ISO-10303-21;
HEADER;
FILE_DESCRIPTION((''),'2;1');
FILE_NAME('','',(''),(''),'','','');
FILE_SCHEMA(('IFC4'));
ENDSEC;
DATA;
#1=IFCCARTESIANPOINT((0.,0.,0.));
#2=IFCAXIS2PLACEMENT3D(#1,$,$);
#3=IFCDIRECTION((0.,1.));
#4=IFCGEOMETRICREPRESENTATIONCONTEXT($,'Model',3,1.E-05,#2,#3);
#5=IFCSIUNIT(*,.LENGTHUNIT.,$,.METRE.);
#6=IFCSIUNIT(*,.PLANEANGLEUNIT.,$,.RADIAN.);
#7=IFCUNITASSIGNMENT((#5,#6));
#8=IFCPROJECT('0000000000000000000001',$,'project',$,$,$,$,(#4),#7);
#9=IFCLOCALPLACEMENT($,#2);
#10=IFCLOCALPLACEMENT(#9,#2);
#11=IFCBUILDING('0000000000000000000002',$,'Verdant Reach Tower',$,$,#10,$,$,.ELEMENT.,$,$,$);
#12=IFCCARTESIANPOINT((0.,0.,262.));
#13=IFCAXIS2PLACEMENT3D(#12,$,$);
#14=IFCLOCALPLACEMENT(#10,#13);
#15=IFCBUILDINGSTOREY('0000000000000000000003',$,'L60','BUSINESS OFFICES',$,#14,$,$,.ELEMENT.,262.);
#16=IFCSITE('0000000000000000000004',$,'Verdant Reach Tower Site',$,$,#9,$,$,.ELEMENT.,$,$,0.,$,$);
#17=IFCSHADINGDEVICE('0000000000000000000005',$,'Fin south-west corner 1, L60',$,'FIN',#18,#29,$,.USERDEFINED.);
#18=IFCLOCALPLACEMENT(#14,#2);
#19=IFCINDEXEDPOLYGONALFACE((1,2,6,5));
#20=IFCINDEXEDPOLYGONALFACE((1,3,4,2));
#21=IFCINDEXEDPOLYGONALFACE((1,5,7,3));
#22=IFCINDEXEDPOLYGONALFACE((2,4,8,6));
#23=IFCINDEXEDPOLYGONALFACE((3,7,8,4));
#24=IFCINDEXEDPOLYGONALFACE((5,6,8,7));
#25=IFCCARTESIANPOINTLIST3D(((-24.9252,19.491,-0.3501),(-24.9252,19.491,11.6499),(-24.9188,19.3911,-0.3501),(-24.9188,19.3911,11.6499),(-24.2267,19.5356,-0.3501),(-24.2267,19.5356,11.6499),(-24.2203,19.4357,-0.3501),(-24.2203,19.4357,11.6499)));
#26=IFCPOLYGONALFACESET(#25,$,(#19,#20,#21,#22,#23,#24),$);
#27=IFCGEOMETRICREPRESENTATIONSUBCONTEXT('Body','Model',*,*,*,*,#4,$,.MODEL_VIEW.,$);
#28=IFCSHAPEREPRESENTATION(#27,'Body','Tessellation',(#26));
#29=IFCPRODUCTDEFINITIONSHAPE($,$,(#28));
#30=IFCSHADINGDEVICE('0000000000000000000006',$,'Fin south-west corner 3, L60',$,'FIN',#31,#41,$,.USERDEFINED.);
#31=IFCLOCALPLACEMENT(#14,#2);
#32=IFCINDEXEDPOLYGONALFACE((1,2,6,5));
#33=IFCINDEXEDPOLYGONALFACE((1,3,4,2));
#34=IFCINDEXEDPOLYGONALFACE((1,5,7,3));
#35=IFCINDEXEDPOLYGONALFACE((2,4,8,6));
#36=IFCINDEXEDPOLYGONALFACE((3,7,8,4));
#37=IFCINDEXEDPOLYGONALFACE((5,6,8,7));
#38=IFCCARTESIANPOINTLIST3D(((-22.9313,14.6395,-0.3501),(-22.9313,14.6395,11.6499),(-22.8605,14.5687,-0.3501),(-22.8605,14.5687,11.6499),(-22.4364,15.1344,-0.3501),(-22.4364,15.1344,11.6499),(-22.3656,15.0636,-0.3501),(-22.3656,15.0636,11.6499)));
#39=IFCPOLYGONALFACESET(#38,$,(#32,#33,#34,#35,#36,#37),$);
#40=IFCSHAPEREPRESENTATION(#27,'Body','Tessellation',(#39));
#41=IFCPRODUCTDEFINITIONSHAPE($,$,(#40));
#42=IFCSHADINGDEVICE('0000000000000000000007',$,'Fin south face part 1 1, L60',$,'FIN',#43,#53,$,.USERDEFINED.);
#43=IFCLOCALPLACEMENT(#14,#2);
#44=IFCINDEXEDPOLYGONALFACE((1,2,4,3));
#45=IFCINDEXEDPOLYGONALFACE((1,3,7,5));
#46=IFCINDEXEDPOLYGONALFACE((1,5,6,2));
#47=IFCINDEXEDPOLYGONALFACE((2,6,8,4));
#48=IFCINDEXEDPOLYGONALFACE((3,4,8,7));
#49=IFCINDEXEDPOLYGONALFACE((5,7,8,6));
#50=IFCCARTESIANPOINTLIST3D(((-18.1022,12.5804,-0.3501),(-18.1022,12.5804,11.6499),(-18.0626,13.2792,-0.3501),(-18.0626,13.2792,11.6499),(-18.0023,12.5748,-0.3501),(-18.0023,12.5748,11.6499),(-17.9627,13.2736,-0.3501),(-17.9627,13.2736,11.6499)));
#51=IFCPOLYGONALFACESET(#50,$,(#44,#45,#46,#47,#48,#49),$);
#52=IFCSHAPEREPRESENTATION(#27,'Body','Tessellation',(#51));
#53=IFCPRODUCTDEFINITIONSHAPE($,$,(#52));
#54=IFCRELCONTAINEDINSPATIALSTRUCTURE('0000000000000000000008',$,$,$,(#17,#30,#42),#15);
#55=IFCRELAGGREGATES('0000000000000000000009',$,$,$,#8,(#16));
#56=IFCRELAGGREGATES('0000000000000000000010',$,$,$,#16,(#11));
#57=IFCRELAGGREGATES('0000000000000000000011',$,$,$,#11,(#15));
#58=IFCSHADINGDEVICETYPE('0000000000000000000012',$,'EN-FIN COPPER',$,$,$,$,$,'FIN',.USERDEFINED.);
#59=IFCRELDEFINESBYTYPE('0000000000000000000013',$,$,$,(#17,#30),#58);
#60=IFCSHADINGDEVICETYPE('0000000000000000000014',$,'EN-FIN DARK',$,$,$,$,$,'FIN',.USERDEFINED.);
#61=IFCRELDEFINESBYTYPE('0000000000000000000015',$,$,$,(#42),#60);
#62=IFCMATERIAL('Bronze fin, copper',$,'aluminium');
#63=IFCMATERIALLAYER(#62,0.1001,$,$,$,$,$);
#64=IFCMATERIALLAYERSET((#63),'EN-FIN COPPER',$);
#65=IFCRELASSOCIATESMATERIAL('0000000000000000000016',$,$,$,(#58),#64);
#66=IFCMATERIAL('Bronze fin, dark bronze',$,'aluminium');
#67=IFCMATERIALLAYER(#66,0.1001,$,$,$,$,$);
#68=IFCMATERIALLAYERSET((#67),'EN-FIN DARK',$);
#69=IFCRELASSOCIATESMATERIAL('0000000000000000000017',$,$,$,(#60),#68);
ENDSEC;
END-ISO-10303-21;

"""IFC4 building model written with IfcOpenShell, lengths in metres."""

from ifc_helpers import new_model, si_unit, direction, frame, origin, origin_2d, place, context, subcontext, project, spatial, rectangle, extrude, material, layer, layer_set, type_object, element, save


model = new_model("IFC4")

# Units and contexts
model_context = context("Model", 3, precision=1e-05, world=origin(), true_north=direction((0.0, 1.0)))
body_context = subcontext(model_context, "Body", "Model", "MODEL_VIEW")
ifc_project = project(units=[si_unit("LENGTHUNIT", "METRE"), si_unit("PLANEANGLEUNIT", "RADIAN")], contexts=[model_context])

# Site, building, storey
site_placement = place(None, origin())
site = spatial("IfcSite", under=ifc_project, at=site_placement, Name="Verdant Reach Tower Site", CompositionType="ELEMENT", RefElevation=0.0)
building_placement = place(site_placement, origin())
building = spatial("IfcBuilding", under=site, at=building_placement, Name="Verdant Reach Tower", CompositionType="ELEMENT")
storey_placement = place(building_placement, frame((0.0, 0.0, 262.0)))
storey = spatial("IfcBuildingStorey", under=building, at=storey_placement, Name="L60", Description="BUSINESS OFFICES", CompositionType="ELEMENT", Elevation=262.0)

# Shading devices
ifc_material_1 = material(Name="Bronze fin, copper", Category="aluminium")
ifc_layer_1 = layer(ifc_material_1, 0.1001)
ifc_layer_set_1 = layer_set([ifc_layer_1], Name="EN-FIN COPPER")
shading_device_type_1 = type_object("IfcShadingDeviceType", Name="EN-FIN COPPER", ElementType="FIN", PredefinedType="USERDEFINED", material=ifc_layer_set_1)
for number, where, z_axis, x_axis, name in (
    (1, (-24.5728, 19.4634, -0.3501), (0.0, 0.0, 1.0), (0.063699, -0.997969, 0.0), "Fin south-west corner 1, L60"),
    (2, (-22.6484, 14.8516, -0.3501), (0.0, 0.0, 1.0), (0.707107, -0.707107, 0.0), "Fin south-west corner 3, L60"),
):
    element("IfcShadingDevice", number, at=place(storey_placement, frame(where, z_axis=z_axis, x_axis=x_axis)), inside=storey, type_object=shading_device_type_1, Name=name, ObjectType="FIN", PredefinedType="USERDEFINED", context=body_context, shape_type="SweptSolid", body=[
        extrude(rectangle(XDim=0.1001, YDim=0.7, at=origin_2d()), origin(), (0.0, 0.0, 1.0), 12.0),
    ])
ifc_material_2 = material(Name="Bronze fin, dark bronze", Category="aluminium")
ifc_layer_2 = layer(ifc_material_2, 0.1001)
ifc_layer_set_2 = layer_set([ifc_layer_2], Name="EN-FIN DARK")
shading_device_type_2 = type_object("IfcShadingDeviceType", Name="EN-FIN DARK", ElementType="FIN", PredefinedType="USERDEFINED", material=ifc_layer_set_2)
shading_device_placement = place(storey_placement, frame((-18.0325, 12.927, -0.3501), z_axis=(0.0, 0.0, 1.0), x_axis=(0.998399, -0.056569, 0.0)))
element("IfcShadingDevice", 3, at=shading_device_placement, inside=storey, type_object=shading_device_type_2, Name="Fin south face part 1 1, L60", ObjectType="FIN", PredefinedType="USERDEFINED", context=body_context, shape_type="SweptSolid", body=[
    extrude(rectangle(XDim=0.1001, YDim=0.7, at=origin_2d()), origin(), (0.0, 0.0, 1.0), 12.0),
])

save(model, "model.ifc")
